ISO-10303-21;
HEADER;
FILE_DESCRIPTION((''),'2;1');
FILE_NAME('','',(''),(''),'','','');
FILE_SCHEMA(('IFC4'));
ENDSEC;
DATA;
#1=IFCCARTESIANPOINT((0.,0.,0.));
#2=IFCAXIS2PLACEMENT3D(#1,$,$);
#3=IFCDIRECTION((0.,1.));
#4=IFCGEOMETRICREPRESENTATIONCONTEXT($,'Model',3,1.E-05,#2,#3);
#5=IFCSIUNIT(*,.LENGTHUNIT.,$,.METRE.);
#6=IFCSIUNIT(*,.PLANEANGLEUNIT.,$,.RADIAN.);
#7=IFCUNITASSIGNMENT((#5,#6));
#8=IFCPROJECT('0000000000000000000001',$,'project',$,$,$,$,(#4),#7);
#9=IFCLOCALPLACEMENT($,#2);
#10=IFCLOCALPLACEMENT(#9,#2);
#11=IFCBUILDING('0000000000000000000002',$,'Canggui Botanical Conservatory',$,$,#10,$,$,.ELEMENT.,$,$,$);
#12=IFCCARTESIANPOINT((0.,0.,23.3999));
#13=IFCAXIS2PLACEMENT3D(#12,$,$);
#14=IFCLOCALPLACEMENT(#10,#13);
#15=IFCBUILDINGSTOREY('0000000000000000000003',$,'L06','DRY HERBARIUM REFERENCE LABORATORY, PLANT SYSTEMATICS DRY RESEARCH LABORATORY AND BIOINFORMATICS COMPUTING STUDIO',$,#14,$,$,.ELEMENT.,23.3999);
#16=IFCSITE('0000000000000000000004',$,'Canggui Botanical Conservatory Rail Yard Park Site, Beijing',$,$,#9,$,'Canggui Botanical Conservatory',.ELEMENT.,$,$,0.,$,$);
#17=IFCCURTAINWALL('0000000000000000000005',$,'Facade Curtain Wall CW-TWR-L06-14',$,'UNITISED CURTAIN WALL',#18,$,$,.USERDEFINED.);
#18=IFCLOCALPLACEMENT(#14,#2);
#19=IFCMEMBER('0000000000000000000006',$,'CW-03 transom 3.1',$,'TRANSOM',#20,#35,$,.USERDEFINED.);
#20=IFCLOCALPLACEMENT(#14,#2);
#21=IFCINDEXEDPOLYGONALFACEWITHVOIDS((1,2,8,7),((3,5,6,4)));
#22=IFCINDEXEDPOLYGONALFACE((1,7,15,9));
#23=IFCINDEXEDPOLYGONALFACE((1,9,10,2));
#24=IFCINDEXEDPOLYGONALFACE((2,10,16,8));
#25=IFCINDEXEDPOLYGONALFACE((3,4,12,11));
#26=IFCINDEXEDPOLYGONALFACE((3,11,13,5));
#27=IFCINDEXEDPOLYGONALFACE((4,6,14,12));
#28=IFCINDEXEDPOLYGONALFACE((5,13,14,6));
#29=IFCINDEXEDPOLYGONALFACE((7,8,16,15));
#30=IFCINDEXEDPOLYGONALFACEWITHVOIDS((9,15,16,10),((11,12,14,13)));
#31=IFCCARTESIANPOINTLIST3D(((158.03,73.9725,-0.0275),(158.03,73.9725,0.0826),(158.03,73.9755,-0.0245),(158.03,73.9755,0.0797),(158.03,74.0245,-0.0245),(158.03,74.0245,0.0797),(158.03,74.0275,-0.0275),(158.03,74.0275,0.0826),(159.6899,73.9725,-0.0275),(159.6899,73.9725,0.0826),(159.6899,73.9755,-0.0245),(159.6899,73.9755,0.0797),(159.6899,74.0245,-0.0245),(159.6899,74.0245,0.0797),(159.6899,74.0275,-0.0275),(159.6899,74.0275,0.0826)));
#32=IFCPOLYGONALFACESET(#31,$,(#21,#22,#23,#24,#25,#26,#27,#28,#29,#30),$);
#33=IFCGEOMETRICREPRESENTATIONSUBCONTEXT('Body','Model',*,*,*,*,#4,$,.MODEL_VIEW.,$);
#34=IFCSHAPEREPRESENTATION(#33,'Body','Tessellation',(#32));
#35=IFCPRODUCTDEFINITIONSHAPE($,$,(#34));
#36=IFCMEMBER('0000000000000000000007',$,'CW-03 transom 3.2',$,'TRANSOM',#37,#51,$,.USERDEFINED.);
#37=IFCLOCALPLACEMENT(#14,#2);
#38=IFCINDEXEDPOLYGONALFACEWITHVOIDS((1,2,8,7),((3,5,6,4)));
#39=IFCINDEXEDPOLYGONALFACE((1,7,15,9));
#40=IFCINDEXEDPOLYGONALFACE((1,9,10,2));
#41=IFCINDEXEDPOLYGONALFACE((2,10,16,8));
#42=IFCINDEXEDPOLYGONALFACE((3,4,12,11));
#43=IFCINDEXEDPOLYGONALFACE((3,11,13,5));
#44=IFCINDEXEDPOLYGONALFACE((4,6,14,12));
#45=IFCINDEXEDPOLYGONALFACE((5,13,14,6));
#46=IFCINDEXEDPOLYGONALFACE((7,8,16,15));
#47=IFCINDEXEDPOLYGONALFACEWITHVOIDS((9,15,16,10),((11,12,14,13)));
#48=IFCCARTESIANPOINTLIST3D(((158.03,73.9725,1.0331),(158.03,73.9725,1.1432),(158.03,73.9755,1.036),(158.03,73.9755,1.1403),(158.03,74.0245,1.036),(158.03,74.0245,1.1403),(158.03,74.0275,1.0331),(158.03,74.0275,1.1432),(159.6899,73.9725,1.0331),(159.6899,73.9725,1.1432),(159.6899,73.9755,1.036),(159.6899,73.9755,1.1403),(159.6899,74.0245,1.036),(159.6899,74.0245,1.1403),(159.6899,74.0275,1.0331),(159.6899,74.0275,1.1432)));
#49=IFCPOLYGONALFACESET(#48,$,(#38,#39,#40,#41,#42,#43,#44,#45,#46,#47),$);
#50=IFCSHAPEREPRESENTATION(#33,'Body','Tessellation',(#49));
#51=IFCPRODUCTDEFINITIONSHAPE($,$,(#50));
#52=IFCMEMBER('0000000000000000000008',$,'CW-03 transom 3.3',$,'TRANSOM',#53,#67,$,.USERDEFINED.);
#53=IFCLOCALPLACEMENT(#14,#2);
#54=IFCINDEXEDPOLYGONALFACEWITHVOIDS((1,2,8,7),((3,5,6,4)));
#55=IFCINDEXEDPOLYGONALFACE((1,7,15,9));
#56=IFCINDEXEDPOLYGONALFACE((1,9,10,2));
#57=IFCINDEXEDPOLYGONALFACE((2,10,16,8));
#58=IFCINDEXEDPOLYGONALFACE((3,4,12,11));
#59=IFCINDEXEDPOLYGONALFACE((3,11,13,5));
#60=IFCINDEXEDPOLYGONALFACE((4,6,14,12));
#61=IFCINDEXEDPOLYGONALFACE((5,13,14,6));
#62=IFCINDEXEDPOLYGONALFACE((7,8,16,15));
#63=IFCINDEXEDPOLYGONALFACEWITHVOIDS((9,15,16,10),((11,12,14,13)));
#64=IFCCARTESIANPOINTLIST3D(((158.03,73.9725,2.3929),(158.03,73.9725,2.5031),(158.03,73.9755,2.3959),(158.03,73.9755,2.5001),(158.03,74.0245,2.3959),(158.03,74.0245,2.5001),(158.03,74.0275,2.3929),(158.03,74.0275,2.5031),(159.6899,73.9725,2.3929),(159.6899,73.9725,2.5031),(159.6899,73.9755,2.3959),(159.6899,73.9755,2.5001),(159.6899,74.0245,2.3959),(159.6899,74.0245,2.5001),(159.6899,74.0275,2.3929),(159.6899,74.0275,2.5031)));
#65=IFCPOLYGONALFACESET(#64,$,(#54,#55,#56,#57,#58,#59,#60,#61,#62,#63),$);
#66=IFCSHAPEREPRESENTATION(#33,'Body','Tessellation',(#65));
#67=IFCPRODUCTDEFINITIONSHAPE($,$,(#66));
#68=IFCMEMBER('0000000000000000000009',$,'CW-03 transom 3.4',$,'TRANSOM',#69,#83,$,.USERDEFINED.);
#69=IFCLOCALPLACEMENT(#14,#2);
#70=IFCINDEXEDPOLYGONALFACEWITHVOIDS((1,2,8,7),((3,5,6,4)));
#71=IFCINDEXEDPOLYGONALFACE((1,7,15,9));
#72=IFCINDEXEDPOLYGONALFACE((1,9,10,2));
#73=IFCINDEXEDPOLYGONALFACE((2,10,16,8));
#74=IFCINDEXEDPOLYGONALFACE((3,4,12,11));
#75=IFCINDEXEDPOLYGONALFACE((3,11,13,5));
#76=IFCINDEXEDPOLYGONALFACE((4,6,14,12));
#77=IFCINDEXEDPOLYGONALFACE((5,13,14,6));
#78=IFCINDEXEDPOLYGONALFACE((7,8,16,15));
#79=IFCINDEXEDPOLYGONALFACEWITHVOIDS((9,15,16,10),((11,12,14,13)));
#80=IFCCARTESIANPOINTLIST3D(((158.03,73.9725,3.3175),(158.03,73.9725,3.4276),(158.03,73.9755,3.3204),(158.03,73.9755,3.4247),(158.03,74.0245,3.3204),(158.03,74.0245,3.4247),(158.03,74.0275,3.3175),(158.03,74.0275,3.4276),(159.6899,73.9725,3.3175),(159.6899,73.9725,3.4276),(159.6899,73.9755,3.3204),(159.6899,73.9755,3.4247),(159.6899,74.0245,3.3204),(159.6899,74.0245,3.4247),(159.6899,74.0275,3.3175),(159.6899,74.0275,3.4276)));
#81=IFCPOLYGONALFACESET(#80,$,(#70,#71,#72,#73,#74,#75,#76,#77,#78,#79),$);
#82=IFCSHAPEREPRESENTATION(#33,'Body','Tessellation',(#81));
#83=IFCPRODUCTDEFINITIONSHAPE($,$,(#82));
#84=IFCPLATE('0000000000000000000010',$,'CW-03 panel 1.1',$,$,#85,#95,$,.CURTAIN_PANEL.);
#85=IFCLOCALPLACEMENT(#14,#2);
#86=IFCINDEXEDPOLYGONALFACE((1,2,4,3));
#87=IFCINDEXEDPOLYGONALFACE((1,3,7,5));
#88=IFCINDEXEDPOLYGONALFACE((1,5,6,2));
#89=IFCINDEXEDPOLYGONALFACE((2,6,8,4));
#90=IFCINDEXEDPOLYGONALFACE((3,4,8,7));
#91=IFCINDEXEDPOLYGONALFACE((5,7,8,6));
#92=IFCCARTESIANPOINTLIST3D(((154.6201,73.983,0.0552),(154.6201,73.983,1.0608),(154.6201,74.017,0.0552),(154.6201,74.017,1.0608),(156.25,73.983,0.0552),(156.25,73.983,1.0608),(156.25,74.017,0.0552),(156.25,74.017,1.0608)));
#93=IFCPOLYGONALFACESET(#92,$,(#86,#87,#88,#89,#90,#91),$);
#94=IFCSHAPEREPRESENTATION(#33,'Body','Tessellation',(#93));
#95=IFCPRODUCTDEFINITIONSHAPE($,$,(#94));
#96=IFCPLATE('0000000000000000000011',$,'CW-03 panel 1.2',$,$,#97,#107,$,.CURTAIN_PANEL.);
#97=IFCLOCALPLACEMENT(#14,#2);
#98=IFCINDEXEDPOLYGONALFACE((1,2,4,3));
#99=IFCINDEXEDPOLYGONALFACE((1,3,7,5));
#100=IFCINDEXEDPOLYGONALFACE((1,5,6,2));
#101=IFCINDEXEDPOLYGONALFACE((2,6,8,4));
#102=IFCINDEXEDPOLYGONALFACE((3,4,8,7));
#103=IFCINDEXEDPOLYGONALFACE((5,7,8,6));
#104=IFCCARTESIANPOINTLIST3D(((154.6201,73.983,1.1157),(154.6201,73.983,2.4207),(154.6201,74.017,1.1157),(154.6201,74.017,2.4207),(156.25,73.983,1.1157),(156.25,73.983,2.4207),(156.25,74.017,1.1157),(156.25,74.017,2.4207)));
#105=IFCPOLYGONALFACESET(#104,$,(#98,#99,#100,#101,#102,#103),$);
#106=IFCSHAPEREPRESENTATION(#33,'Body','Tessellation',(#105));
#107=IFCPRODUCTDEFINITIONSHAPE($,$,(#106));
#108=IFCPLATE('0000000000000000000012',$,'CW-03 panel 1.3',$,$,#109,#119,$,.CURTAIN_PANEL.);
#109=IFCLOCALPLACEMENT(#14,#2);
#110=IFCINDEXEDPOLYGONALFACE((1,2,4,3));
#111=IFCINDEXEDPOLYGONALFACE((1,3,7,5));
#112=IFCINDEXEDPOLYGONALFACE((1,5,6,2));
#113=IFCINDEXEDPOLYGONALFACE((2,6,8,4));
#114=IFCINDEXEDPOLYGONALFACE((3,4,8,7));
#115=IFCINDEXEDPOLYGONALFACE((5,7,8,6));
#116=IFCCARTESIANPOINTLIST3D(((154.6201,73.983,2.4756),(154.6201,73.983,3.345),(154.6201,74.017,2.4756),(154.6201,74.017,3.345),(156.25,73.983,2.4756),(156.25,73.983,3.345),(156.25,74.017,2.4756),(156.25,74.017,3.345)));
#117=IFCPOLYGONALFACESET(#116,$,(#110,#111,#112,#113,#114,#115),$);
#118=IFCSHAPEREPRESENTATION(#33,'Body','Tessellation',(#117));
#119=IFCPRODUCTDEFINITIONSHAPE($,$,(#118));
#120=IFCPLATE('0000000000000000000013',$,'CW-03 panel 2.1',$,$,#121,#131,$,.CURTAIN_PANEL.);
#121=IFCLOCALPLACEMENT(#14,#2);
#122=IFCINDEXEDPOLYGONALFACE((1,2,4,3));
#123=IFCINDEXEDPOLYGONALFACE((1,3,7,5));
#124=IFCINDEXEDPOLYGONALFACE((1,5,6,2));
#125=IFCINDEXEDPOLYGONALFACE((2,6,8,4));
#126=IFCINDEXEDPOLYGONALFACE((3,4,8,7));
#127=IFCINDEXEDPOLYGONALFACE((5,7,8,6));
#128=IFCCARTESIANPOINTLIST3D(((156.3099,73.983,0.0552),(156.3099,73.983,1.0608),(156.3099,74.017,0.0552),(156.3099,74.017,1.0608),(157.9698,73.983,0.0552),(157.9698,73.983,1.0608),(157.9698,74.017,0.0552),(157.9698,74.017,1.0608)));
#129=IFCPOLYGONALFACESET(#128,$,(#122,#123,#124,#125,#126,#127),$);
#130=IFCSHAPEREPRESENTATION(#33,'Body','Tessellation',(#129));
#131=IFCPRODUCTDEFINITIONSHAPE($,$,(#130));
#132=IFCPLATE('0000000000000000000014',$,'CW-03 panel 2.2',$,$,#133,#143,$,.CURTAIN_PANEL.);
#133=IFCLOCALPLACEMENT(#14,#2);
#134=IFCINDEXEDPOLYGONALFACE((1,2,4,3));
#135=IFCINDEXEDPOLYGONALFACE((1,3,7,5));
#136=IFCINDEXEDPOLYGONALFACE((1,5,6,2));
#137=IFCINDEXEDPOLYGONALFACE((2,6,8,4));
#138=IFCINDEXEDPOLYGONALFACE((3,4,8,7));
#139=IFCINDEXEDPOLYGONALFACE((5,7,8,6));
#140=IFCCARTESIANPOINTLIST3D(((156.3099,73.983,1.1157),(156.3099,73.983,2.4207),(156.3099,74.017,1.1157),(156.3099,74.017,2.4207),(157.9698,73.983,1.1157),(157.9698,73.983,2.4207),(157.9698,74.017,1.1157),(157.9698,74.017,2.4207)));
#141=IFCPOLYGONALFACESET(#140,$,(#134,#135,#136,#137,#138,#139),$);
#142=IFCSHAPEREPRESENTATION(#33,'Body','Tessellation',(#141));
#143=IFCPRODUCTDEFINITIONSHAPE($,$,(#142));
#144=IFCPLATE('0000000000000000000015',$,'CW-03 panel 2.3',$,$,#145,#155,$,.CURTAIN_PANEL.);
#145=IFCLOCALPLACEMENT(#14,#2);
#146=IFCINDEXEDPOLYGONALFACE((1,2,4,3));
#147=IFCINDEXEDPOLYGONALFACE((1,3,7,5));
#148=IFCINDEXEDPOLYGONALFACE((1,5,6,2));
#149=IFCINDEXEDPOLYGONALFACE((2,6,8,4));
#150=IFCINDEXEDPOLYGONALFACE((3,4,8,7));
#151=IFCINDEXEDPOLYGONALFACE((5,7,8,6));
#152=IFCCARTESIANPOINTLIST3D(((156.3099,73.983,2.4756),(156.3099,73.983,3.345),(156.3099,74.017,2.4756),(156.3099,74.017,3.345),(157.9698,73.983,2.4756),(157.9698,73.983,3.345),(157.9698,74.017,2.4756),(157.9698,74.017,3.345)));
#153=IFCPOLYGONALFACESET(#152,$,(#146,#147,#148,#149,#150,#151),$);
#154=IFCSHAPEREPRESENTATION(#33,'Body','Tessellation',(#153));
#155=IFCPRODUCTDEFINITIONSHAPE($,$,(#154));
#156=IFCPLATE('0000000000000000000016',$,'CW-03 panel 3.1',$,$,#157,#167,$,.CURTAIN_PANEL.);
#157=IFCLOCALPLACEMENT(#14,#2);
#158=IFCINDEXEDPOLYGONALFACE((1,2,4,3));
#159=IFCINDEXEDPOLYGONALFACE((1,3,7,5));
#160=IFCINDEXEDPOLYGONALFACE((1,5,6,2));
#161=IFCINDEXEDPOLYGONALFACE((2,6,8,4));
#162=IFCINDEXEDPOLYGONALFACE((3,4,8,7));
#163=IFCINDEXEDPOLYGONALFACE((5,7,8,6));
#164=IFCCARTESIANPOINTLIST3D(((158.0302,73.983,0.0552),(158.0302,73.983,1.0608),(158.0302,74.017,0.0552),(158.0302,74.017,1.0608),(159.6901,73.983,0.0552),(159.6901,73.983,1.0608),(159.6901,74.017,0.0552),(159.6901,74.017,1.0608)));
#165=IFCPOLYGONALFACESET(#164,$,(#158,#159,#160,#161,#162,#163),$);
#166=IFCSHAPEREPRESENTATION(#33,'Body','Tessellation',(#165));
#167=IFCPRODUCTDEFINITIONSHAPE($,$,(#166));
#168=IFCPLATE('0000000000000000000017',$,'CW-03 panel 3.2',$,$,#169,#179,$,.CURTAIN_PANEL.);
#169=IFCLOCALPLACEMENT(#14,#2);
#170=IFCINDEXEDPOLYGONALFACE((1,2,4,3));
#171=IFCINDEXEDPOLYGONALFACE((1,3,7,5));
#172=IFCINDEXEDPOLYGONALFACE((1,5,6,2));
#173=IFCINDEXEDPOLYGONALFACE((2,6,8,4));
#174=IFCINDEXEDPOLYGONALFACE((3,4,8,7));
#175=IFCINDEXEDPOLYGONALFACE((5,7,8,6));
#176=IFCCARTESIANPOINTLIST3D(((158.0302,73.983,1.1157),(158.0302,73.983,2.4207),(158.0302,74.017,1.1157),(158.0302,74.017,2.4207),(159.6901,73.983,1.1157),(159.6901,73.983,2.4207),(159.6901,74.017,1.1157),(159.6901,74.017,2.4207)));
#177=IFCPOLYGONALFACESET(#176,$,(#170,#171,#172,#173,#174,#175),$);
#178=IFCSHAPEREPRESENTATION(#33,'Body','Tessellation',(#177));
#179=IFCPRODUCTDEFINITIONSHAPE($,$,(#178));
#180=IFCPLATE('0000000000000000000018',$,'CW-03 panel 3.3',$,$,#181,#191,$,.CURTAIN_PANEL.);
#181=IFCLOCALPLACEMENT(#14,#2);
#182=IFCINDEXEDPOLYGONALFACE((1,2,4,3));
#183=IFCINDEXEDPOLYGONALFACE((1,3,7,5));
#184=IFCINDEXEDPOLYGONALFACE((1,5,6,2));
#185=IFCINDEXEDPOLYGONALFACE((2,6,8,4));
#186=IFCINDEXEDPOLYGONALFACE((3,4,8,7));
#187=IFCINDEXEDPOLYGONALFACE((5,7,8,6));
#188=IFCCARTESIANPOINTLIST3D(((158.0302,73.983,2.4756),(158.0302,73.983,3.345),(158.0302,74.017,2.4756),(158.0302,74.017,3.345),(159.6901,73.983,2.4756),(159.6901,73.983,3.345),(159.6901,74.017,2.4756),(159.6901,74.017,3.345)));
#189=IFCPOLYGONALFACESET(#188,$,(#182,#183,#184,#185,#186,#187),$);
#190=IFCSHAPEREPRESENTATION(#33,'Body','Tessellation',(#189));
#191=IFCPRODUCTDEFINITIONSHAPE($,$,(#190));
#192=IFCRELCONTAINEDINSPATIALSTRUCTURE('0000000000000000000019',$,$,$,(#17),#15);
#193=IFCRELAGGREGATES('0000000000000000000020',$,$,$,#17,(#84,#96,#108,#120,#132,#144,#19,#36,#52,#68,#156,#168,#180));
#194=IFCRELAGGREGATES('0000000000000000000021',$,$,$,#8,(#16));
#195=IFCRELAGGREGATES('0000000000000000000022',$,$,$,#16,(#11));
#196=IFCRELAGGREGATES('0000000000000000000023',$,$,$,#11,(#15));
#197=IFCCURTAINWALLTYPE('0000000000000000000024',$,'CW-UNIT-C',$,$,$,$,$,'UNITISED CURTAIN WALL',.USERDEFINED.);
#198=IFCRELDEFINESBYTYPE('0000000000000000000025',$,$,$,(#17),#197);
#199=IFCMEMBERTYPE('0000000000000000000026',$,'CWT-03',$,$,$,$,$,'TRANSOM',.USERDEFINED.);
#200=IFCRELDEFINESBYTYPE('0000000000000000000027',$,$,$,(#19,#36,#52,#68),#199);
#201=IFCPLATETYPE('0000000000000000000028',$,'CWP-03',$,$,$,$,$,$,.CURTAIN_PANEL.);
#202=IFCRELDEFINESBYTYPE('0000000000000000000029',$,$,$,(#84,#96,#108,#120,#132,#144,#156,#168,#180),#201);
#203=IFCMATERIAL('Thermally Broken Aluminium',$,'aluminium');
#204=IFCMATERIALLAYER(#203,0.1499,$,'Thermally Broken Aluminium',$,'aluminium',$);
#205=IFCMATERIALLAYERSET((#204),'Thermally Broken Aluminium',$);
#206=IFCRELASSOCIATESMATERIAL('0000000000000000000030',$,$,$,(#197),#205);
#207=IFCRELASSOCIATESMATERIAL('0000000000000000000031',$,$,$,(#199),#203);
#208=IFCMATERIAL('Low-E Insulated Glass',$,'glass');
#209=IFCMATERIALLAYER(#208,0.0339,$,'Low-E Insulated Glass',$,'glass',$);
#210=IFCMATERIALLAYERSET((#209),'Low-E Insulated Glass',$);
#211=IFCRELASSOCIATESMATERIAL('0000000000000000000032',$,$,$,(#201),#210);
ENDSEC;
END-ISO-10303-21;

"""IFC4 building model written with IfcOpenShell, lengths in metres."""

from ifc_helpers import new_model, si_unit, direction, frame, origin, origin_2d, place, context, subcontext, project, spatial, rectangle, hollow_rectangle, extrude, material, layer, layer_set, material_profile, profile_set, type_object, element, aggregate, save


model = new_model("IFC4")

# Units and contexts
model_context = context("Model", 3, precision=1e-05, world=origin(), true_north=direction((0.0, 1.0)))
body_context = subcontext(model_context, "Body", "Model", "MODEL_VIEW")
ifc_project = project(units=[si_unit("LENGTHUNIT", "METRE"), si_unit("PLANEANGLEUNIT", "RADIAN")], contexts=[model_context])

# Site, building, storey
site_placement = place(None, origin())
site = spatial("IfcSite", under=ifc_project, at=site_placement, Name="Canggui Botanical Conservatory Rail Yard Park Site, Beijing", LongName="Canggui Botanical Conservatory", CompositionType="ELEMENT", RefElevation=0.0)
building_placement = place(site_placement, origin())
building = spatial("IfcBuilding", under=site, at=building_placement, Name="Canggui Botanical Conservatory", CompositionType="ELEMENT")
storey_placement = place(building_placement, frame((0.0, 0.0, 23.3999)))
storey = spatial("IfcBuildingStorey", under=building, at=storey_placement, Name="L06", Description="DRY HERBARIUM REFERENCE LABORATORY, PLANT SYSTEMATICS DRY RESEARCH LABORATORY AND BIOINFORMATICS COMPUTING STUDIO", CompositionType="ELEMENT", Elevation=23.3999)

# Curtain wall, members, plates
ifc_material_1 = material(Name="Thermally Broken Aluminium", Category="aluminium")
ifc_layer_1 = layer(ifc_material_1, 0.1499, Name="Thermally Broken Aluminium", Category="aluminium")
ifc_layer_set_1 = layer_set([ifc_layer_1], Name="Thermally Broken Aluminium")
curtain_wall_type = type_object("IfcCurtainWallType", Name="CW-UNIT-C", ElementType="UNITISED CURTAIN WALL", PredefinedType="USERDEFINED", material=ifc_layer_set_1)
curtain_wall_placement = place(storey_placement, origin())
curtain_wall = element("IfcCurtainWall", 1, at=curtain_wall_placement, inside=storey, type_object=curtain_wall_type, Name="Facade Curtain Wall CW-TWR-L06-14", ObjectType="UNITISED CURTAIN WALL", PredefinedType="USERDEFINED")
ifc_material_profile_1 = material_profile(ifc_material_1, hollow_rectangle(XDim=0.0549, YDim=0.1101, WallThickness=0.0029, at=origin_2d()), Name="CWT 55x110x3")
ifc_profile_set_1 = profile_set([ifc_material_profile_1], Name="Thermally Broken Aluminium")
member_type_1 = type_object("IfcMemberType", Name="CWT-03", ElementType="TRANSOM", PredefinedType="USERDEFINED", material=ifc_profile_set_1)
member_1_placement = place(storey_placement, frame((158.03, 74.0, 0.0276), z_axis=(1.0, 0.0, 0.0), x_axis=(0.0, 1.0, 0.0)))
member_1 = element("IfcMember", 2, at=member_1_placement, type_object=member_type_1, Name="CW-03 transom 3.1", ObjectType="TRANSOM", PredefinedType="USERDEFINED", context=body_context, shape_type="SweptSolid", body=[
    extrude(hollow_rectangle(XDim=0.0549, YDim=0.1101, WallThickness=0.0029, at=origin_2d()), origin(), (0.0, 0.0, 1.0), 1.6599),
])
member_2_placement = place(storey_placement, frame((158.03, 74.0, 1.0881), z_axis=(1.0, 0.0, 0.0), x_axis=(0.0, 1.0, 0.0)))
member_2 = element("IfcMember", 3, at=member_2_placement, type_object=member_type_1, Name="CW-03 transom 3.2", ObjectType="TRANSOM", PredefinedType="USERDEFINED", context=body_context, shape_type="SweptSolid", body=[
    extrude(hollow_rectangle(XDim=0.0549, YDim=0.1101, WallThickness=0.0029, at=origin_2d()), origin(), (0.0, 0.0, 1.0), 1.6599),
])
member_3_placement = place(storey_placement, frame((158.03, 74.0, 2.448), z_axis=(1.0, 0.0, 0.0), x_axis=(0.0, 1.0, 0.0)))
member_3 = element("IfcMember", 4, at=member_3_placement, type_object=member_type_1, Name="CW-03 transom 3.3", ObjectType="TRANSOM", PredefinedType="USERDEFINED", context=body_context, shape_type="SweptSolid", body=[
    extrude(hollow_rectangle(XDim=0.0549, YDim=0.1101, WallThickness=0.0029, at=origin_2d()), origin(), (0.0, 0.0, 1.0), 1.6599),
])
member_4_placement = place(storey_placement, frame((158.03, 74.0, 3.3726), z_axis=(1.0, 0.0, 0.0), x_axis=(0.0, 1.0, 0.0)))
member_4 = element("IfcMember", 5, at=member_4_placement, type_object=member_type_1, Name="CW-03 transom 3.4", ObjectType="TRANSOM", PredefinedType="USERDEFINED", context=body_context, shape_type="SweptSolid", body=[
    extrude(hollow_rectangle(XDim=0.0549, YDim=0.1101, WallThickness=0.0029, at=origin_2d()), origin(), (0.0, 0.0, 1.0), 1.6599),
])
ifc_material_2 = material(Name="Low-E Insulated Glass", Category="glass")
ifc_layer_2 = layer(ifc_material_2, 0.0339, Name="Low-E Insulated Glass", Category="glass")
ifc_layer_set_2 = layer_set([ifc_layer_2], Name="Low-E Insulated Glass")
plate_type = type_object("IfcPlateType", Name="CWP-03", PredefinedType="CURTAIN_PANEL", material=ifc_layer_set_2)
plate_1_placement = place(storey_placement, frame((155.4351, 74.0, 0.0552), z_axis=(0.0, 0.0, 1.0), x_axis=(1.0, 0.0, 0.0)))
plate_1 = element("IfcPlate", 6, at=plate_1_placement, type_object=plate_type, Name="CW-03 panel 1.1", PredefinedType="CURTAIN_PANEL", context=body_context, shape_type="SweptSolid", body=[
    extrude(rectangle(XDim=1.6299, YDim=0.0339, at=origin_2d()), origin(), (0.0, 0.0, 1.0), 1.0056),
])
plate_2_placement = place(storey_placement, frame((155.4351, 74.0, 1.1157), z_axis=(0.0, 0.0, 1.0), x_axis=(1.0, 0.0, 0.0)))
plate_2 = element("IfcPlate", 7, at=plate_2_placement, type_object=plate_type, Name="CW-03 panel 1.2", PredefinedType="CURTAIN_PANEL", context=body_context, shape_type="SweptSolid", body=[
    extrude(rectangle(XDim=1.6299, YDim=0.0339, at=origin_2d()), origin(), (0.0, 0.0, 1.0), 1.3049),
])
plate_3_placement = place(storey_placement, frame((155.4351, 74.0, 2.4756), z_axis=(0.0, 0.0, 1.0), x_axis=(1.0, 0.0, 0.0)))
plate_3 = element("IfcPlate", 8, at=plate_3_placement, type_object=plate_type, Name="CW-03 panel 1.3", PredefinedType="CURTAIN_PANEL", context=body_context, shape_type="SweptSolid", body=[
    extrude(rectangle(XDim=1.6299, YDim=0.0339, at=origin_2d()), origin(), (0.0, 0.0, 1.0), 0.8694),
])
plate_4_placement = place(storey_placement, frame((157.1399, 74.0, 0.0552), z_axis=(0.0, 0.0, 1.0), x_axis=(1.0, 0.0, 0.0)))
plate_4 = element("IfcPlate", 9, at=plate_4_placement, type_object=plate_type, Name="CW-03 panel 2.1", PredefinedType="CURTAIN_PANEL", context=body_context, shape_type="SweptSolid", body=[
    extrude(rectangle(XDim=1.6599, YDim=0.0339, at=origin_2d()), origin(), (0.0, 0.0, 1.0), 1.0056),
])
plate_5_placement = place(storey_placement, frame((157.1399, 74.0, 1.1157), z_axis=(0.0, 0.0, 1.0), x_axis=(1.0, 0.0, 0.0)))
plate_5 = element("IfcPlate", 10, at=plate_5_placement, type_object=plate_type, Name="CW-03 panel 2.2", PredefinedType="CURTAIN_PANEL", context=body_context, shape_type="SweptSolid", body=[
    extrude(rectangle(XDim=1.6599, YDim=0.0339, at=origin_2d()), origin(), (0.0, 0.0, 1.0), 1.3049),
])
plate_6_placement = place(storey_placement, frame((157.1399, 74.0, 2.4756), z_axis=(0.0, 0.0, 1.0), x_axis=(1.0, 0.0, 0.0)))
plate_6 = element("IfcPlate", 11, at=plate_6_placement, type_object=plate_type, Name="CW-03 panel 2.3", PredefinedType="CURTAIN_PANEL", context=body_context, shape_type="SweptSolid", body=[
    extrude(rectangle(XDim=1.6599, YDim=0.0339, at=origin_2d()), origin(), (0.0, 0.0, 1.0), 0.8694),
])
plate_7_placement = place(storey_placement, frame((158.8601, 74.0, 0.0552), z_axis=(0.0, 0.0, 1.0), x_axis=(1.0, 0.0, 0.0)))
plate_7 = element("IfcPlate", 12, at=plate_7_placement, type_object=plate_type, Name="CW-03 panel 3.1", PredefinedType="CURTAIN_PANEL", context=body_context, shape_type="SweptSolid", body=[
    extrude(rectangle(XDim=1.6599, YDim=0.0339, at=origin_2d()), origin(), (0.0, 0.0, 1.0), 1.0056),
])
plate_8_placement = place(storey_placement, frame((158.8601, 74.0, 1.1157), z_axis=(0.0, 0.0, 1.0), x_axis=(1.0, 0.0, 0.0)))
plate_8 = element("IfcPlate", 13, at=plate_8_placement, type_object=plate_type, Name="CW-03 panel 3.2", PredefinedType="CURTAIN_PANEL", context=body_context, shape_type="SweptSolid", body=[
    extrude(rectangle(XDim=1.6599, YDim=0.0339, at=origin_2d()), origin(), (0.0, 0.0, 1.0), 1.3049),
])
plate_9_placement = place(storey_placement, frame((158.8601, 74.0, 2.4756), z_axis=(0.0, 0.0, 1.0), x_axis=(1.0, 0.0, 0.0)))
plate_9 = element("IfcPlate", 14, at=plate_9_placement, type_object=plate_type, Name="CW-03 panel 3.3", PredefinedType="CURTAIN_PANEL", context=body_context, shape_type="SweptSolid", body=[
    extrude(rectangle(XDim=1.6599, YDim=0.0339, at=origin_2d()), origin(), (0.0, 0.0, 1.0), 0.8694),
])
aggregate(curtain_wall, [plate_1, plate_2, plate_3, plate_4, plate_5, plate_6, member_1, member_2, member_3, member_4, plate_7, plate_8, plate_9])

save(model, "model.ifc")
